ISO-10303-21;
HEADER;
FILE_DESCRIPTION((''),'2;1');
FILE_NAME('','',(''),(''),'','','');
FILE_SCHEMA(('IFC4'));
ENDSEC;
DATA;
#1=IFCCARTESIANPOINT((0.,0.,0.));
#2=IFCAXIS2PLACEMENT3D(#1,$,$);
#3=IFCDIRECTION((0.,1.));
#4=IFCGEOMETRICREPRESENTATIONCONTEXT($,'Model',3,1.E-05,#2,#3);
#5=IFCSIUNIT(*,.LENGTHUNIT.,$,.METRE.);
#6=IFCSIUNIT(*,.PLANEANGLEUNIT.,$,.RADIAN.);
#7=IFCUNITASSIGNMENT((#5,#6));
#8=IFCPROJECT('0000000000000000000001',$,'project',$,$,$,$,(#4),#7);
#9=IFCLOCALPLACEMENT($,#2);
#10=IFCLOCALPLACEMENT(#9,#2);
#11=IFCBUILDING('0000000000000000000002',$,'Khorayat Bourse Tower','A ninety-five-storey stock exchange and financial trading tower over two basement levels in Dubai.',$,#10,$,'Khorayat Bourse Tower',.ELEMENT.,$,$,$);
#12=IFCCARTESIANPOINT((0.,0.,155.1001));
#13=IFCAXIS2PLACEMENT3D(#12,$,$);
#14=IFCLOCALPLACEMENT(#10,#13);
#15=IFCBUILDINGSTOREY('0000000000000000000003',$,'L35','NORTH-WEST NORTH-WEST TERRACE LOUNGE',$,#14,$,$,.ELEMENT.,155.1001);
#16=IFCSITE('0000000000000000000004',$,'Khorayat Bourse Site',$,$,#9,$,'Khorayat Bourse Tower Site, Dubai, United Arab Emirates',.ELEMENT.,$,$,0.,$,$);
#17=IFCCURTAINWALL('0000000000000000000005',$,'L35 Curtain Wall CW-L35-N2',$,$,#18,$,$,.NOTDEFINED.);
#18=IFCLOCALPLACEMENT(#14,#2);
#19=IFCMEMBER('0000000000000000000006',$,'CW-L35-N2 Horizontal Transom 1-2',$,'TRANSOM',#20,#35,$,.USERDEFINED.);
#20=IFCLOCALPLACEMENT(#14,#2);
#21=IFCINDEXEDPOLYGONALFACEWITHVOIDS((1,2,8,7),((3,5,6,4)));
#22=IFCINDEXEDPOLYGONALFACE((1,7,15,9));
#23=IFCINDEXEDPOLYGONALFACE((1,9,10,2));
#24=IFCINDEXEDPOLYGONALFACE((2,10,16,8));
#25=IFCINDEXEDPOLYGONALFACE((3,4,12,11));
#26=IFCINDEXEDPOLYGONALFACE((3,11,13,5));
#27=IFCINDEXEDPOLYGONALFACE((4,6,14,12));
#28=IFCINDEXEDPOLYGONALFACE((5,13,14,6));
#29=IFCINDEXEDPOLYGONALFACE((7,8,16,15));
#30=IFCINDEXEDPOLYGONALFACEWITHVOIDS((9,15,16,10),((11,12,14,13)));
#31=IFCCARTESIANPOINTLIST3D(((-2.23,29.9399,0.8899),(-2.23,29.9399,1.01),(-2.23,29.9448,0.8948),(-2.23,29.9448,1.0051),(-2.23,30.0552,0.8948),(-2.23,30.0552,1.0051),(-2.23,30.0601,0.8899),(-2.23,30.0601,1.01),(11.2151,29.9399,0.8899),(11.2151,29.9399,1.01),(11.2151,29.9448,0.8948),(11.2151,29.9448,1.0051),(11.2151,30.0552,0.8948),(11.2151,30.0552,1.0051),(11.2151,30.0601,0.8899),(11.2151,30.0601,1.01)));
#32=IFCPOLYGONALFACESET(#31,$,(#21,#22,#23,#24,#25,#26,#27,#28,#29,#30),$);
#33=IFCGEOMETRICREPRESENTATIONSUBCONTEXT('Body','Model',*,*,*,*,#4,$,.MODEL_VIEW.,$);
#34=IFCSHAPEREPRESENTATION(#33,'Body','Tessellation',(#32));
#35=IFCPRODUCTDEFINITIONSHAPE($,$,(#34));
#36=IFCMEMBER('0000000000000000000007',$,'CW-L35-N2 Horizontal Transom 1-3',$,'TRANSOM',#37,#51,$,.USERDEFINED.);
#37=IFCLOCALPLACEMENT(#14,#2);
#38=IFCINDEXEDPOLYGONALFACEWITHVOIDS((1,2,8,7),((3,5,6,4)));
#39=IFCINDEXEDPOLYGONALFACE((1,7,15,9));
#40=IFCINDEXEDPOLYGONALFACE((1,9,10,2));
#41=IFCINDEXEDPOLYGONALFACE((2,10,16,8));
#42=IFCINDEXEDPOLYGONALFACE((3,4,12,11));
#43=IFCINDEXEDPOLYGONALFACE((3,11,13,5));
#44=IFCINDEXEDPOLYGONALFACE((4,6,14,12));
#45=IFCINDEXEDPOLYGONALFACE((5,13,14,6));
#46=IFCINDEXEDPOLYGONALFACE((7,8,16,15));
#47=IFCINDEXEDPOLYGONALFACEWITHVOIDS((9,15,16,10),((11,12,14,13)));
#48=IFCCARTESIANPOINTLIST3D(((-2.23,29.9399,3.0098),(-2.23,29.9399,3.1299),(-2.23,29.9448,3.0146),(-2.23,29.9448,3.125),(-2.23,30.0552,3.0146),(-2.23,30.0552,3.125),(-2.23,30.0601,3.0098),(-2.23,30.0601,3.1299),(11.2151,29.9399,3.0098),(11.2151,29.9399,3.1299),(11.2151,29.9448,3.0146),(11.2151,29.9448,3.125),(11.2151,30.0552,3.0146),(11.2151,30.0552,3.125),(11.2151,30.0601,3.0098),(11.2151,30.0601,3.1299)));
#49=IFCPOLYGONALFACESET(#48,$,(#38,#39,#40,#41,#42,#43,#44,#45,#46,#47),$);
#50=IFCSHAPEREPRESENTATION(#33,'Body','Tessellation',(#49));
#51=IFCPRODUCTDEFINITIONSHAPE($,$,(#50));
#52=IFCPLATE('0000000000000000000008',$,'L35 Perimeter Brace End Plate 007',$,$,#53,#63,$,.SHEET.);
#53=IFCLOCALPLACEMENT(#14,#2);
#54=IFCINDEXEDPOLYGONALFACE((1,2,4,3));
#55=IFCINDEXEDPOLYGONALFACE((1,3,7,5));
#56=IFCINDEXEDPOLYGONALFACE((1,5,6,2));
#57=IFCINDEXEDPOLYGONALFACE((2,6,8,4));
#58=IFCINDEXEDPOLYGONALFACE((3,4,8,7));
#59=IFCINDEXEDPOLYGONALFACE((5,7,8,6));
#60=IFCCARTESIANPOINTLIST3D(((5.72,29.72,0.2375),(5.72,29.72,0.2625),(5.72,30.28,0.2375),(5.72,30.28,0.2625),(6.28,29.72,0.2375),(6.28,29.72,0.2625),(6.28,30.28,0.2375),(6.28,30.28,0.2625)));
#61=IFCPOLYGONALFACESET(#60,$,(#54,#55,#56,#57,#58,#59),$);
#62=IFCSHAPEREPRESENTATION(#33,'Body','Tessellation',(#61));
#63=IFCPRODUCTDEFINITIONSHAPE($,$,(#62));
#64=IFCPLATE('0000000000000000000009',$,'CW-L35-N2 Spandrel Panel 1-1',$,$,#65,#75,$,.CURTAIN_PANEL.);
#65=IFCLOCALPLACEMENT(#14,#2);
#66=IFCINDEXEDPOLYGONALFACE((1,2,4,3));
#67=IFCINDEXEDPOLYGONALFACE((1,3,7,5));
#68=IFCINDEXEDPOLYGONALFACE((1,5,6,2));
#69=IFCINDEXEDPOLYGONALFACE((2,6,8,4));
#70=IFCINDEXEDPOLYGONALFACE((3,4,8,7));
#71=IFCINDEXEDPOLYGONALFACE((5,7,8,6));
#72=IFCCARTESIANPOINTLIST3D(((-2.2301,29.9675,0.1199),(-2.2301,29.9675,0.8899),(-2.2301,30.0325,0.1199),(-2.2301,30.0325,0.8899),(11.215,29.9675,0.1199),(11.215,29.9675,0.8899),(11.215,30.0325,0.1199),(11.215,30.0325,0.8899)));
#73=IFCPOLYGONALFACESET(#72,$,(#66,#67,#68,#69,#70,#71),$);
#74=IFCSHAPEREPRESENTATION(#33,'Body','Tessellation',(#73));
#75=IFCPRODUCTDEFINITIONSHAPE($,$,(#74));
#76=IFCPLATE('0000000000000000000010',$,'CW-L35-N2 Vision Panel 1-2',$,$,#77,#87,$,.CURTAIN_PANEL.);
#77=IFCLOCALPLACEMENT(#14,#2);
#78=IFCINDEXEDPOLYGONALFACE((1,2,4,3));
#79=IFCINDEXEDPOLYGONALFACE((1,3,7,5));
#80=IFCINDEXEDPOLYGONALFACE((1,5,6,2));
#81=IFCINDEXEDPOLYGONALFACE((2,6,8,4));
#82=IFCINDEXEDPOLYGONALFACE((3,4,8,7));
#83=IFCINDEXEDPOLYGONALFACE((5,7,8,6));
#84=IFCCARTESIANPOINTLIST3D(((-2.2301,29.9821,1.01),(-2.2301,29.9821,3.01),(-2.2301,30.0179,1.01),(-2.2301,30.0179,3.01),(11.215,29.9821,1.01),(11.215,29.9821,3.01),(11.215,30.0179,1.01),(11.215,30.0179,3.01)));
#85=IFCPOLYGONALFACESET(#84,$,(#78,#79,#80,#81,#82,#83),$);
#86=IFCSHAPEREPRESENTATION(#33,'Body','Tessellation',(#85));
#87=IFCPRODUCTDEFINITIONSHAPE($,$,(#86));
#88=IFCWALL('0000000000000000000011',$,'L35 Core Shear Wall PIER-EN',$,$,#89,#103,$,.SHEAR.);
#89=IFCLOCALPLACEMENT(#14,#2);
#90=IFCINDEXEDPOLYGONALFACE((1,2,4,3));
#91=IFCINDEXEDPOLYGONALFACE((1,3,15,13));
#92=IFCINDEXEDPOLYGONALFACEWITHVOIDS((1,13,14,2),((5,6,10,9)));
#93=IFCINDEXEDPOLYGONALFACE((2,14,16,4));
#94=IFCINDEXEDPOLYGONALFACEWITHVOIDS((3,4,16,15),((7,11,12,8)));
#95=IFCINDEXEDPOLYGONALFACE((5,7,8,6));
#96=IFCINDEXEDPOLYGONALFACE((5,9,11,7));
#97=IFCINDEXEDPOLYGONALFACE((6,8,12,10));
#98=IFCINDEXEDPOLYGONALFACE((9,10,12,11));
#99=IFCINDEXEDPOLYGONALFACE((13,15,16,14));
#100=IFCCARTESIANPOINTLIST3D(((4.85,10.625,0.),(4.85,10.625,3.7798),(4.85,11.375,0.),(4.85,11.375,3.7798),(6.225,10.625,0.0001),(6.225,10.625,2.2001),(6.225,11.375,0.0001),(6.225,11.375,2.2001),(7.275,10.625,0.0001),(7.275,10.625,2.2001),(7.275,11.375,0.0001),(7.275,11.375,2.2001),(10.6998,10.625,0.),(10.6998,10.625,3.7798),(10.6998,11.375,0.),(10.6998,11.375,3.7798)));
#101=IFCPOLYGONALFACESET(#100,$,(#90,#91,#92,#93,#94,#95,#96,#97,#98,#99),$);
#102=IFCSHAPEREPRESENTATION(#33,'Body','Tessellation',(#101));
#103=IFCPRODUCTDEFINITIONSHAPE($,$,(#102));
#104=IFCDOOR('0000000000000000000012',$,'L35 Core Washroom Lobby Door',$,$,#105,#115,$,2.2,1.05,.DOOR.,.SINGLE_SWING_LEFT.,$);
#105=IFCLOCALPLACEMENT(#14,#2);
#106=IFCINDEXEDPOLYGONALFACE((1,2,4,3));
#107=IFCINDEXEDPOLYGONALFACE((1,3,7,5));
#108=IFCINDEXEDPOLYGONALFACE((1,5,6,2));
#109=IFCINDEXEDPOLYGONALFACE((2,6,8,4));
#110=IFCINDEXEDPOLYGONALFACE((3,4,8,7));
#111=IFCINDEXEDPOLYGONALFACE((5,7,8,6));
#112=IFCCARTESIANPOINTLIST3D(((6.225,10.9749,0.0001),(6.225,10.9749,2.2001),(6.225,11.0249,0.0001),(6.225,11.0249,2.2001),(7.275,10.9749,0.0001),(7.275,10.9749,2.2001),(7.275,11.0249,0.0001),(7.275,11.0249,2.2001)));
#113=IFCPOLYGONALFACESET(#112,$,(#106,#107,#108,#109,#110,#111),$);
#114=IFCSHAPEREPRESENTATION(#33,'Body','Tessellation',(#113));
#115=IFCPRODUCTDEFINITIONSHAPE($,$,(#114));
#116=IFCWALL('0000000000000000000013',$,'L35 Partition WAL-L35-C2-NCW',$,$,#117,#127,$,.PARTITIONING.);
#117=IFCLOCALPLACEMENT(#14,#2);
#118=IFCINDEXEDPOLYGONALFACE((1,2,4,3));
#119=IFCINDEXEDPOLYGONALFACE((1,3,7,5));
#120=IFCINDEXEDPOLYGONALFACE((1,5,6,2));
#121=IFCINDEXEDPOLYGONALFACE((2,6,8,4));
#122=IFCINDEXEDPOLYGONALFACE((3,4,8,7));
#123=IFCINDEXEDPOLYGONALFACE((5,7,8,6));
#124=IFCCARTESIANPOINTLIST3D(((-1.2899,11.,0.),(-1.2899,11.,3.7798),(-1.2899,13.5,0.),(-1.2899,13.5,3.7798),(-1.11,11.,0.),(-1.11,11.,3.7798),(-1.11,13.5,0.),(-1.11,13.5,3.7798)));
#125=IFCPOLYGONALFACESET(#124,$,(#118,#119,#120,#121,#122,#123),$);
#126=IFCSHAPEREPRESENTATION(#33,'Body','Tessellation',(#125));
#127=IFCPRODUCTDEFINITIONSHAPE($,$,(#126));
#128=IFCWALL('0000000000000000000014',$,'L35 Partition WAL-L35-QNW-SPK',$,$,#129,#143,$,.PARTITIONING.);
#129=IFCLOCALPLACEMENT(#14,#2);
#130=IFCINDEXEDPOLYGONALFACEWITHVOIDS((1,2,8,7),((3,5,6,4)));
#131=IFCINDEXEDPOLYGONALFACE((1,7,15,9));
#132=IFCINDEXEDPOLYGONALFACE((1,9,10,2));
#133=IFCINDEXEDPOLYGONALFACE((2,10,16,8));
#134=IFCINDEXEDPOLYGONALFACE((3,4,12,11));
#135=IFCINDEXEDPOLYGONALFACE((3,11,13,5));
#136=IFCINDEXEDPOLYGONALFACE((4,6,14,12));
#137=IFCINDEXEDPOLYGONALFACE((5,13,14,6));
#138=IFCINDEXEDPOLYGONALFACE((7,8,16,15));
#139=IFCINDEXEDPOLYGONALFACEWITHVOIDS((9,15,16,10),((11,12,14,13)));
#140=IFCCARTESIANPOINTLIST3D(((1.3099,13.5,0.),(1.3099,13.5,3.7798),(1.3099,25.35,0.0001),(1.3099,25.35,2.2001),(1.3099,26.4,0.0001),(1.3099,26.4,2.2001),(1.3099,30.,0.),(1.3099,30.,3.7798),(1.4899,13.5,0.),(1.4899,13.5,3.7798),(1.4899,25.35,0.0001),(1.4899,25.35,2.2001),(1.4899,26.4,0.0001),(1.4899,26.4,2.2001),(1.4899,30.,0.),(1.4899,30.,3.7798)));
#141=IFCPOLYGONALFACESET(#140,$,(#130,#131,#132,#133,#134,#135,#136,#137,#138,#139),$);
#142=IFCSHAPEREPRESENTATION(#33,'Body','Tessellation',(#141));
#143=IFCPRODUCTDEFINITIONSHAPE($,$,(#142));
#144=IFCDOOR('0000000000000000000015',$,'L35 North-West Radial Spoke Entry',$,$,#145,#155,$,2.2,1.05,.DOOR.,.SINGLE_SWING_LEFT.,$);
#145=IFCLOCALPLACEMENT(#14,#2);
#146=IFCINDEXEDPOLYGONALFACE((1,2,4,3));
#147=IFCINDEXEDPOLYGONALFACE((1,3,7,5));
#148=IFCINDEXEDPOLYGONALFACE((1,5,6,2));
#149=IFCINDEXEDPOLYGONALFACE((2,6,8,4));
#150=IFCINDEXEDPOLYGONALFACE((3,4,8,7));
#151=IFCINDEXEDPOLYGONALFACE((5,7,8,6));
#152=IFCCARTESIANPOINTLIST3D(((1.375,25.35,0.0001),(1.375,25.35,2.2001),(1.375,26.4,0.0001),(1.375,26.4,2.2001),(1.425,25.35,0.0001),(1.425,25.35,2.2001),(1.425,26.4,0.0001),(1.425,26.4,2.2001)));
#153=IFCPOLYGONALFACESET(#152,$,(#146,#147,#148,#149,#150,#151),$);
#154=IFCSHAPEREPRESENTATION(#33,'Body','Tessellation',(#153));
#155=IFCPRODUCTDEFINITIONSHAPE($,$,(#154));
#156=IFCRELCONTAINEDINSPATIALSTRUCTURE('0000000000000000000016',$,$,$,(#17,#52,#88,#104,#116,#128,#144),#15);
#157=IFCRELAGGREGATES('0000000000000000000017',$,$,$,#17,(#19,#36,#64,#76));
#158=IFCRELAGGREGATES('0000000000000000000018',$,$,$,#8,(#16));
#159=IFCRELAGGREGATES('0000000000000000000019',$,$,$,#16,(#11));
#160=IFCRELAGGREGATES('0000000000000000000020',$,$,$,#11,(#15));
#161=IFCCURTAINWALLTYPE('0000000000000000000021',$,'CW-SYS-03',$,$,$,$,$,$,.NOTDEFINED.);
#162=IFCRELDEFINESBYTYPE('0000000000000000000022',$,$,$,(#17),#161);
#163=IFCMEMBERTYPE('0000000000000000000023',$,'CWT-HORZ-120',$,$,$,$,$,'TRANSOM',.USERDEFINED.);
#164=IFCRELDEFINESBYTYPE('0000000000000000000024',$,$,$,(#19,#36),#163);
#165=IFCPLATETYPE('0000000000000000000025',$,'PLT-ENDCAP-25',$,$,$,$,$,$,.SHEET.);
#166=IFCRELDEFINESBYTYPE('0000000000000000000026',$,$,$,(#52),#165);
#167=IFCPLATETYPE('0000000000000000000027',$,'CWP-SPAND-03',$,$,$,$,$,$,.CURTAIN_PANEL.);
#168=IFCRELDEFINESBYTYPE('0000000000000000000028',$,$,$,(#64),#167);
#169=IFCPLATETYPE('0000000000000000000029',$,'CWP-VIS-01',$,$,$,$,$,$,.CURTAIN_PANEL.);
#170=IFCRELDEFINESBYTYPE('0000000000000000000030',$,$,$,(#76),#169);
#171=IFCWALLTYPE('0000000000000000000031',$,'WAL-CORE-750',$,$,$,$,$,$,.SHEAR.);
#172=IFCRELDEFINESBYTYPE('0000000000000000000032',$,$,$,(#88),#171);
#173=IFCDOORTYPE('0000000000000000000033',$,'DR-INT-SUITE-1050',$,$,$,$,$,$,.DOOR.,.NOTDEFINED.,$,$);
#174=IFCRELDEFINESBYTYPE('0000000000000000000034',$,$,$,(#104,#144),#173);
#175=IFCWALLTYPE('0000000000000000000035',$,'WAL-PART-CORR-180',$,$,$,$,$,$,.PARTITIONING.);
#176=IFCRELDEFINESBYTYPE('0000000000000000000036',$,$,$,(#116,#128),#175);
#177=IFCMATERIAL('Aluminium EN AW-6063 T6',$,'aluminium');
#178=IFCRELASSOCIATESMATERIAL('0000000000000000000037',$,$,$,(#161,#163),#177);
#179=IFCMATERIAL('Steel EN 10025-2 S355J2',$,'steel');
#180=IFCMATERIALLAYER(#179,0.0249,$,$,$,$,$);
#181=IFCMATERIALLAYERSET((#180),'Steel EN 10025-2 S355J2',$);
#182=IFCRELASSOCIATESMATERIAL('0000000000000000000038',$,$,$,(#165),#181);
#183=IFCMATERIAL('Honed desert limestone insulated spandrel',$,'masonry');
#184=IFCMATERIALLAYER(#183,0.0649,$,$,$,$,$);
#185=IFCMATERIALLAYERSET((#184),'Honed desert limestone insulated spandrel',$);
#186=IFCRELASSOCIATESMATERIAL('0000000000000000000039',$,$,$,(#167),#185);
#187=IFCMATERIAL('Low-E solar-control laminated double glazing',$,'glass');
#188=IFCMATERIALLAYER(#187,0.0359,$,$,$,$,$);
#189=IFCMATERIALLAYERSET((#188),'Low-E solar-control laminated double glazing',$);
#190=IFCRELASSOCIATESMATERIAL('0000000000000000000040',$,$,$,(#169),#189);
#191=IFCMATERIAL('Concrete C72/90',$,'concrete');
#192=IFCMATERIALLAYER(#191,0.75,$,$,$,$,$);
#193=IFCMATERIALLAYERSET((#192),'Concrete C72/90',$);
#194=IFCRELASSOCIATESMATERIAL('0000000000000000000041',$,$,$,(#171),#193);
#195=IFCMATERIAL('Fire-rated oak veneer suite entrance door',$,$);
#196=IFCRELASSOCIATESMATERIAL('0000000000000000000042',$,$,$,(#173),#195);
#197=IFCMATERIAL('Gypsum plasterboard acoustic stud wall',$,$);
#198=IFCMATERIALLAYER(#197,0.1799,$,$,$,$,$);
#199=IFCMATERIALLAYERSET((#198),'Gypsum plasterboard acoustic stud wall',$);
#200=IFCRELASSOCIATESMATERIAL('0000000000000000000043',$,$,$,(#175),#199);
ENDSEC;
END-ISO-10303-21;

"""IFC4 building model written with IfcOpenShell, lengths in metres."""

from ifc_helpers import new_model, si_unit, direction, frame, frame_2d, origin, origin_2d, place, context, subcontext, project, spatial, rectangle, hollow_rectangle, extrude, source, transform, mapped, material, layer, layer_set, material_profile, profile_set, type_object, element, fill, aggregate, save


model = new_model("IFC4")

# Units and contexts
model_context = context("Model", 3, precision=1e-05, world=origin(), true_north=direction((0.0, 1.0)))
body_context = subcontext(model_context, "Body", "Model", "MODEL_VIEW")
ifc_project = project(units=[si_unit("LENGTHUNIT", "METRE"), si_unit("PLANEANGLEUNIT", "RADIAN")], contexts=[model_context])

# Site, building, storey
site_placement = place(None, origin())
site = spatial("IfcSite", under=ifc_project, at=site_placement, Name="Khorayat Bourse Site", LongName="Khorayat Bourse Tower Site, Dubai, United Arab Emirates", CompositionType="ELEMENT", RefElevation=0.0)
building_placement = place(site_placement, origin())
building = spatial("IfcBuilding", under=site, at=building_placement, Name="Khorayat Bourse Tower", Description="A ninety-five-storey stock exchange and financial trading tower over two basement levels in Dubai.", LongName="Khorayat Bourse Tower", CompositionType="ELEMENT")
storey_placement = place(building_placement, frame((0.0, 0.0, 155.1001)))
storey = spatial("IfcBuildingStorey", under=building, at=storey_placement, Name="L35", Description="NORTH-WEST NORTH-WEST TERRACE LOUNGE", CompositionType="ELEMENT", Elevation=155.1001)

# Shared definitions
ifc_material_1 = material(Name="Concrete C72/90", Category="concrete")

# Curtain wall, members
ifc_material_2 = material(Name="Aluminium EN AW-6063 T6", Category="aluminium")
curtain_wall_type = type_object("IfcCurtainWallType", Name="CW-SYS-03", PredefinedType="NOTDEFINED", material=ifc_material_2)
curtain_wall_placement = place(storey_placement, origin())
curtain_wall = element("IfcCurtainWall", 1, at=curtain_wall_placement, inside=storey, type_object=curtain_wall_type, Name="L35 Curtain Wall CW-L35-N2", PredefinedType="NOTDEFINED")
ifc_material_profile_1 = material_profile(ifc_material_2, hollow_rectangle(XDim=0.1201, YDim=0.1201, WallThickness=0.0049, at=origin_2d()), Name="ALU 120x120x5")
ifc_profile_set_1 = profile_set([ifc_material_profile_1], Name="Aluminium EN AW-6063 T6")
member_type_1 = type_object("IfcMemberType", Name="CWT-HORZ-120", ElementType="TRANSOM", PredefinedType="USERDEFINED", material=ifc_profile_set_1)
shared_shape_1 = source(origin(), body_context, "Body", "SweptSolid", [
    extrude(hollow_rectangle(XDim=0.1201, YDim=0.1201, WallThickness=0.0049, at=origin_2d()), origin(), (0.0, 0.0, 1.0), 13.4451),
])
member_1_placement = place(storey_placement, frame((-2.23, 30.0, 0.95), z_axis=(1.0, 0.0, 0.0), x_axis=(0.0, 1.0, 0.0)))
member_1 = element("IfcMember", 2, at=member_1_placement, type_object=member_type_1, Name="CW-L35-N2 Horizontal Transom 1-2", ObjectType="TRANSOM", PredefinedType="USERDEFINED", context=body_context, shape_type="MappedRepresentation", body=[
    mapped(shared_shape_1, transform((0.0, 0.0, 0.0), scale=1.0)),
])
member_2_placement = place(storey_placement, frame((-2.23, 30.0, 3.0698), z_axis=(1.0, 0.0, 0.0), x_axis=(0.0, 1.0, 0.0)))
member_2 = element("IfcMember", 3, at=member_2_placement, type_object=member_type_1, Name="CW-L35-N2 Horizontal Transom 1-3", ObjectType="TRANSOM", PredefinedType="USERDEFINED", context=body_context, shape_type="MappedRepresentation", body=[
    mapped(shared_shape_1, transform((0.0, 0.0, 0.0), scale=1.0)),
])

# Plates
ifc_material_3 = material(Name="Steel EN 10025-2 S355J2", Category="steel")
ifc_layer_1 = layer(ifc_material_3, 0.0249)
ifc_layer_set_1 = layer_set([ifc_layer_1], Name="Steel EN 10025-2 S355J2")
plate_type_1 = type_object("IfcPlateType", Name="PLT-ENDCAP-25", PredefinedType="SHEET", material=ifc_layer_set_1)
shared_shape_2 = source(origin(), body_context, "Body", "SweptSolid", [
    extrude(rectangle(XDim=0.5601, YDim=0.5601, at=origin_2d()), origin(), (0.0, 0.0, 1.0), 0.0249),
])
plate_1_placement = place(storey_placement, frame((6.0, 30.0, 0.2375), z_axis=(0.0, 0.0, 1.0), x_axis=(1.0, 0.0, 0.0)))
element("IfcPlate", 4, at=plate_1_placement, inside=storey, type_object=plate_type_1, Name="L35 Perimeter Brace End Plate 007", PredefinedType="SHEET", context=body_context, shape_type="MappedRepresentation", body=[
    mapped(shared_shape_2, transform((0.0, 0.0, 0.0), scale=1.0)),
])
ifc_material_4 = material(Name="Honed desert limestone insulated spandrel", Category="masonry")
ifc_layer_2 = layer(ifc_material_4, 0.0649)
ifc_layer_set_2 = layer_set([ifc_layer_2], Name="Honed desert limestone insulated spandrel")
plate_type_2 = type_object("IfcPlateType", Name="CWP-SPAND-03", PredefinedType="CURTAIN_PANEL", material=ifc_layer_set_2)
shared_shape_3 = source(origin(), body_context, "Body", "SweptSolid", [
    extrude(rectangle(XDim=13.4451, YDim=0.0649, at=origin_2d()), origin(), (0.0, 0.0, 1.0), 0.77),
])
plate_2_placement = place(storey_placement, frame((4.4924, 30.0, 0.1199), z_axis=(0.0, 0.0, 1.0), x_axis=(1.0, 0.0, 0.0)))
plate_2 = element("IfcPlate", 5, at=plate_2_placement, type_object=plate_type_2, Name="CW-L35-N2 Spandrel Panel 1-1", PredefinedType="CURTAIN_PANEL", context=body_context, shape_type="MappedRepresentation", body=[
    mapped(shared_shape_3, transform((0.0, 0.0, 0.0), scale=1.0)),
])
ifc_material_5 = material(Name="Low-E solar-control laminated double glazing", Category="glass")
ifc_layer_3 = layer(ifc_material_5, 0.0359)
ifc_layer_set_3 = layer_set([ifc_layer_3], Name="Low-E solar-control laminated double glazing")
plate_type_3 = type_object("IfcPlateType", Name="CWP-VIS-01", PredefinedType="CURTAIN_PANEL", material=ifc_layer_set_3)
shared_shape_4 = source(origin(), body_context, "Body", "SweptSolid", [
    extrude(rectangle(XDim=13.4451, YDim=0.0359, at=origin_2d()), origin(), (0.0, 0.0, 1.0), 2.0),
])
plate_3_placement = place(storey_placement, frame((4.4924, 30.0, 1.01), z_axis=(0.0, 0.0, 1.0), x_axis=(1.0, 0.0, 0.0)))
plate_3 = element("IfcPlate", 6, at=plate_3_placement, type_object=plate_type_3, Name="CW-L35-N2 Vision Panel 1-2", PredefinedType="CURTAIN_PANEL", context=body_context, shape_type="MappedRepresentation", body=[
    mapped(shared_shape_4, transform((0.0, 0.0, 0.0), scale=1.0)),
])
aggregate(curtain_wall, [member_1, member_2, plate_2, plate_3])

# Wall, opening, door
ifc_layer_4 = layer(ifc_material_1, 0.75)
ifc_layer_set_4 = layer_set([ifc_layer_4], Name="Concrete C72/90")
wall_type_1 = type_object("IfcWallType", Name="WAL-CORE-750", PredefinedType="SHEAR", material=ifc_layer_set_4)
shared_shape_5 = source(origin(), body_context, "Body", "SweptSolid", [
    extrude(rectangle(XDim=5.8499, YDim=0.75, at=frame_2d((2.9248, 0.0))), origin(), (0.0, 0.0, 1.0), 3.7798),
])
wall_1_placement = place(storey_placement, frame((4.8501, 11.0, 0.0), z_axis=(0.0, 0.0, 1.0), x_axis=(1.0, 0.0, 0.0)))
wall_1 = element("IfcWall", 7, at=wall_1_placement, inside=storey, type_object=wall_type_1, Name="L35 Core Shear Wall PIER-EN", PredefinedType="SHEAR", context=body_context, shape_type="MappedRepresentation", body=[
    mapped(shared_shape_5, transform((0.0, 0.0, 0.0), scale=1.0)),
])
shared_shape_6 = source(origin(), body_context, "Body", "SweptSolid", [
    extrude(rectangle(XDim=1.05, YDim=2.2, at=frame_2d((0.5249, 1.1001))), frame((0.0, 0.385, 0.0), z_axis=(0.0, -1.0, 0.0), x_axis=(1.0, 0.0, 0.0)), (0.0, 0.0, 1.0), 0.77),
])
opening_1_placement = place(wall_1_placement, frame((1.375, 0.0, 0.0)))
opening_1 = element("IfcOpeningElement", 8, at=opening_1_placement, cuts=wall_1, PredefinedType="OPENING", context=body_context, shape_type="MappedRepresentation", body=[
    mapped(shared_shape_6, transform((0.0, 0.0, 0.0), scale=1.0)),
])
ifc_material_6 = material(Name="Fire-rated oak veneer suite entrance door")
door_type_1 = type_object("IfcDoorType", Name="DR-INT-SUITE-1050", OperationType="NOTDEFINED", PredefinedType="DOOR", material=ifc_material_6)
shared_shape_7 = source(origin(), body_context, "Body", "SweptSolid", [
    extrude(rectangle(XDim=1.05, YDim=2.2, at=frame_2d((0.5249, 1.1001))), frame((0.0, 0.0249, 0.0), z_axis=(0.0, -1.0, 0.0), x_axis=(1.0, 0.0, 0.0)), (0.0, 0.0, 1.0), 0.05),
])
door_1_placement = place(opening_1_placement, origin())
door_1 = element("IfcDoor", 9, at=door_1_placement, inside=storey, type_object=door_type_1, Name="L35 Core Washroom Lobby Door", OperationType="SINGLE_SWING_LEFT", OverallHeight=2.2, OverallWidth=1.05, PredefinedType="DOOR", context=body_context, shape_type="MappedRepresentation", body=[
    mapped(shared_shape_7, transform((0.0, 0.0, 0.0), scale=1.0)),
])
fill(opening_1, door_1)

# Wall
ifc_material_7 = material(Name="Gypsum plasterboard acoustic stud wall")
ifc_layer_5 = layer(ifc_material_7, 0.1799)
ifc_layer_set_5 = layer_set([ifc_layer_5], Name="Gypsum plasterboard acoustic stud wall")
wall_type_2 = type_object("IfcWallType", Name="WAL-PART-CORR-180", PredefinedType="PARTITIONING", material=ifc_layer_set_5)
shared_shape_8 = source(origin(), body_context, "Body", "SweptSolid", [
    extrude(rectangle(XDim=2.5, YDim=0.1799, at=frame_2d((1.25, 0.0))), origin(), (0.0, 0.0, 1.0), 3.7798),
])
wall_2_placement = place(storey_placement, frame((-1.2, 11.0, 0.0), z_axis=(0.0, 0.0, 1.0), x_axis=(0.0, 1.0, 0.0)))
element("IfcWall", 10, at=wall_2_placement, inside=storey, type_object=wall_type_2, Name="L35 Partition WAL-L35-C2-NCW", PredefinedType="PARTITIONING", context=body_context, shape_type="MappedRepresentation", body=[
    mapped(shared_shape_8, transform((0.0, 0.0, 0.0), scale=1.0)),
])

# Wall, opening, door
shared_shape_9 = source(origin(), body_context, "Body", "SweptSolid", [
    extrude(rectangle(XDim=16.5, YDim=0.1799, at=frame_2d((8.25, 0.0))), origin(), (0.0, 0.0, 1.0), 3.7798),
])
wall_3_placement = place(storey_placement, frame((1.3999, 13.5, 0.0), z_axis=(0.0, 0.0, 1.0), x_axis=(0.0, 1.0, 0.0)))
wall_3 = element("IfcWall", 11, at=wall_3_placement, inside=storey, type_object=wall_type_2, Name="L35 Partition WAL-L35-QNW-SPK", PredefinedType="PARTITIONING", context=body_context, shape_type="MappedRepresentation", body=[
    mapped(shared_shape_9, transform((0.0, 0.0, 0.0), scale=1.0)),
])
shared_shape_10 = source(origin(), body_context, "Body", "SweptSolid", [
    extrude(rectangle(XDim=1.05, YDim=2.2, at=frame_2d((0.5249, 1.1001))), frame((0.0, 0.0999, 0.0), z_axis=(0.0, -1.0, 0.0), x_axis=(1.0, 0.0, 0.0)), (0.0, 0.0, 1.0), 0.2),
])
opening_2_placement = place(wall_3_placement, frame((11.8501, 0.0, 0.0)))
opening_2 = element("IfcOpeningElement", 12, at=opening_2_placement, cuts=wall_3, PredefinedType="OPENING", context=body_context, shape_type="MappedRepresentation", body=[
    mapped(shared_shape_10, transform((0.0, 0.0, 0.0), scale=1.0)),
])
door_2_placement = place(opening_2_placement, origin())
door_2 = element("IfcDoor", 13, at=door_2_placement, inside=storey, type_object=door_type_1, Name="L35 North-West Radial Spoke Entry", OperationType="SINGLE_SWING_LEFT", OverallHeight=2.2, OverallWidth=1.05, PredefinedType="DOOR", context=body_context, shape_type="MappedRepresentation", body=[
    mapped(shared_shape_7, transform((0.0, 0.0, 0.0), scale=1.0)),
])
fill(opening_2, door_2)

save(model, "model.ifc")
